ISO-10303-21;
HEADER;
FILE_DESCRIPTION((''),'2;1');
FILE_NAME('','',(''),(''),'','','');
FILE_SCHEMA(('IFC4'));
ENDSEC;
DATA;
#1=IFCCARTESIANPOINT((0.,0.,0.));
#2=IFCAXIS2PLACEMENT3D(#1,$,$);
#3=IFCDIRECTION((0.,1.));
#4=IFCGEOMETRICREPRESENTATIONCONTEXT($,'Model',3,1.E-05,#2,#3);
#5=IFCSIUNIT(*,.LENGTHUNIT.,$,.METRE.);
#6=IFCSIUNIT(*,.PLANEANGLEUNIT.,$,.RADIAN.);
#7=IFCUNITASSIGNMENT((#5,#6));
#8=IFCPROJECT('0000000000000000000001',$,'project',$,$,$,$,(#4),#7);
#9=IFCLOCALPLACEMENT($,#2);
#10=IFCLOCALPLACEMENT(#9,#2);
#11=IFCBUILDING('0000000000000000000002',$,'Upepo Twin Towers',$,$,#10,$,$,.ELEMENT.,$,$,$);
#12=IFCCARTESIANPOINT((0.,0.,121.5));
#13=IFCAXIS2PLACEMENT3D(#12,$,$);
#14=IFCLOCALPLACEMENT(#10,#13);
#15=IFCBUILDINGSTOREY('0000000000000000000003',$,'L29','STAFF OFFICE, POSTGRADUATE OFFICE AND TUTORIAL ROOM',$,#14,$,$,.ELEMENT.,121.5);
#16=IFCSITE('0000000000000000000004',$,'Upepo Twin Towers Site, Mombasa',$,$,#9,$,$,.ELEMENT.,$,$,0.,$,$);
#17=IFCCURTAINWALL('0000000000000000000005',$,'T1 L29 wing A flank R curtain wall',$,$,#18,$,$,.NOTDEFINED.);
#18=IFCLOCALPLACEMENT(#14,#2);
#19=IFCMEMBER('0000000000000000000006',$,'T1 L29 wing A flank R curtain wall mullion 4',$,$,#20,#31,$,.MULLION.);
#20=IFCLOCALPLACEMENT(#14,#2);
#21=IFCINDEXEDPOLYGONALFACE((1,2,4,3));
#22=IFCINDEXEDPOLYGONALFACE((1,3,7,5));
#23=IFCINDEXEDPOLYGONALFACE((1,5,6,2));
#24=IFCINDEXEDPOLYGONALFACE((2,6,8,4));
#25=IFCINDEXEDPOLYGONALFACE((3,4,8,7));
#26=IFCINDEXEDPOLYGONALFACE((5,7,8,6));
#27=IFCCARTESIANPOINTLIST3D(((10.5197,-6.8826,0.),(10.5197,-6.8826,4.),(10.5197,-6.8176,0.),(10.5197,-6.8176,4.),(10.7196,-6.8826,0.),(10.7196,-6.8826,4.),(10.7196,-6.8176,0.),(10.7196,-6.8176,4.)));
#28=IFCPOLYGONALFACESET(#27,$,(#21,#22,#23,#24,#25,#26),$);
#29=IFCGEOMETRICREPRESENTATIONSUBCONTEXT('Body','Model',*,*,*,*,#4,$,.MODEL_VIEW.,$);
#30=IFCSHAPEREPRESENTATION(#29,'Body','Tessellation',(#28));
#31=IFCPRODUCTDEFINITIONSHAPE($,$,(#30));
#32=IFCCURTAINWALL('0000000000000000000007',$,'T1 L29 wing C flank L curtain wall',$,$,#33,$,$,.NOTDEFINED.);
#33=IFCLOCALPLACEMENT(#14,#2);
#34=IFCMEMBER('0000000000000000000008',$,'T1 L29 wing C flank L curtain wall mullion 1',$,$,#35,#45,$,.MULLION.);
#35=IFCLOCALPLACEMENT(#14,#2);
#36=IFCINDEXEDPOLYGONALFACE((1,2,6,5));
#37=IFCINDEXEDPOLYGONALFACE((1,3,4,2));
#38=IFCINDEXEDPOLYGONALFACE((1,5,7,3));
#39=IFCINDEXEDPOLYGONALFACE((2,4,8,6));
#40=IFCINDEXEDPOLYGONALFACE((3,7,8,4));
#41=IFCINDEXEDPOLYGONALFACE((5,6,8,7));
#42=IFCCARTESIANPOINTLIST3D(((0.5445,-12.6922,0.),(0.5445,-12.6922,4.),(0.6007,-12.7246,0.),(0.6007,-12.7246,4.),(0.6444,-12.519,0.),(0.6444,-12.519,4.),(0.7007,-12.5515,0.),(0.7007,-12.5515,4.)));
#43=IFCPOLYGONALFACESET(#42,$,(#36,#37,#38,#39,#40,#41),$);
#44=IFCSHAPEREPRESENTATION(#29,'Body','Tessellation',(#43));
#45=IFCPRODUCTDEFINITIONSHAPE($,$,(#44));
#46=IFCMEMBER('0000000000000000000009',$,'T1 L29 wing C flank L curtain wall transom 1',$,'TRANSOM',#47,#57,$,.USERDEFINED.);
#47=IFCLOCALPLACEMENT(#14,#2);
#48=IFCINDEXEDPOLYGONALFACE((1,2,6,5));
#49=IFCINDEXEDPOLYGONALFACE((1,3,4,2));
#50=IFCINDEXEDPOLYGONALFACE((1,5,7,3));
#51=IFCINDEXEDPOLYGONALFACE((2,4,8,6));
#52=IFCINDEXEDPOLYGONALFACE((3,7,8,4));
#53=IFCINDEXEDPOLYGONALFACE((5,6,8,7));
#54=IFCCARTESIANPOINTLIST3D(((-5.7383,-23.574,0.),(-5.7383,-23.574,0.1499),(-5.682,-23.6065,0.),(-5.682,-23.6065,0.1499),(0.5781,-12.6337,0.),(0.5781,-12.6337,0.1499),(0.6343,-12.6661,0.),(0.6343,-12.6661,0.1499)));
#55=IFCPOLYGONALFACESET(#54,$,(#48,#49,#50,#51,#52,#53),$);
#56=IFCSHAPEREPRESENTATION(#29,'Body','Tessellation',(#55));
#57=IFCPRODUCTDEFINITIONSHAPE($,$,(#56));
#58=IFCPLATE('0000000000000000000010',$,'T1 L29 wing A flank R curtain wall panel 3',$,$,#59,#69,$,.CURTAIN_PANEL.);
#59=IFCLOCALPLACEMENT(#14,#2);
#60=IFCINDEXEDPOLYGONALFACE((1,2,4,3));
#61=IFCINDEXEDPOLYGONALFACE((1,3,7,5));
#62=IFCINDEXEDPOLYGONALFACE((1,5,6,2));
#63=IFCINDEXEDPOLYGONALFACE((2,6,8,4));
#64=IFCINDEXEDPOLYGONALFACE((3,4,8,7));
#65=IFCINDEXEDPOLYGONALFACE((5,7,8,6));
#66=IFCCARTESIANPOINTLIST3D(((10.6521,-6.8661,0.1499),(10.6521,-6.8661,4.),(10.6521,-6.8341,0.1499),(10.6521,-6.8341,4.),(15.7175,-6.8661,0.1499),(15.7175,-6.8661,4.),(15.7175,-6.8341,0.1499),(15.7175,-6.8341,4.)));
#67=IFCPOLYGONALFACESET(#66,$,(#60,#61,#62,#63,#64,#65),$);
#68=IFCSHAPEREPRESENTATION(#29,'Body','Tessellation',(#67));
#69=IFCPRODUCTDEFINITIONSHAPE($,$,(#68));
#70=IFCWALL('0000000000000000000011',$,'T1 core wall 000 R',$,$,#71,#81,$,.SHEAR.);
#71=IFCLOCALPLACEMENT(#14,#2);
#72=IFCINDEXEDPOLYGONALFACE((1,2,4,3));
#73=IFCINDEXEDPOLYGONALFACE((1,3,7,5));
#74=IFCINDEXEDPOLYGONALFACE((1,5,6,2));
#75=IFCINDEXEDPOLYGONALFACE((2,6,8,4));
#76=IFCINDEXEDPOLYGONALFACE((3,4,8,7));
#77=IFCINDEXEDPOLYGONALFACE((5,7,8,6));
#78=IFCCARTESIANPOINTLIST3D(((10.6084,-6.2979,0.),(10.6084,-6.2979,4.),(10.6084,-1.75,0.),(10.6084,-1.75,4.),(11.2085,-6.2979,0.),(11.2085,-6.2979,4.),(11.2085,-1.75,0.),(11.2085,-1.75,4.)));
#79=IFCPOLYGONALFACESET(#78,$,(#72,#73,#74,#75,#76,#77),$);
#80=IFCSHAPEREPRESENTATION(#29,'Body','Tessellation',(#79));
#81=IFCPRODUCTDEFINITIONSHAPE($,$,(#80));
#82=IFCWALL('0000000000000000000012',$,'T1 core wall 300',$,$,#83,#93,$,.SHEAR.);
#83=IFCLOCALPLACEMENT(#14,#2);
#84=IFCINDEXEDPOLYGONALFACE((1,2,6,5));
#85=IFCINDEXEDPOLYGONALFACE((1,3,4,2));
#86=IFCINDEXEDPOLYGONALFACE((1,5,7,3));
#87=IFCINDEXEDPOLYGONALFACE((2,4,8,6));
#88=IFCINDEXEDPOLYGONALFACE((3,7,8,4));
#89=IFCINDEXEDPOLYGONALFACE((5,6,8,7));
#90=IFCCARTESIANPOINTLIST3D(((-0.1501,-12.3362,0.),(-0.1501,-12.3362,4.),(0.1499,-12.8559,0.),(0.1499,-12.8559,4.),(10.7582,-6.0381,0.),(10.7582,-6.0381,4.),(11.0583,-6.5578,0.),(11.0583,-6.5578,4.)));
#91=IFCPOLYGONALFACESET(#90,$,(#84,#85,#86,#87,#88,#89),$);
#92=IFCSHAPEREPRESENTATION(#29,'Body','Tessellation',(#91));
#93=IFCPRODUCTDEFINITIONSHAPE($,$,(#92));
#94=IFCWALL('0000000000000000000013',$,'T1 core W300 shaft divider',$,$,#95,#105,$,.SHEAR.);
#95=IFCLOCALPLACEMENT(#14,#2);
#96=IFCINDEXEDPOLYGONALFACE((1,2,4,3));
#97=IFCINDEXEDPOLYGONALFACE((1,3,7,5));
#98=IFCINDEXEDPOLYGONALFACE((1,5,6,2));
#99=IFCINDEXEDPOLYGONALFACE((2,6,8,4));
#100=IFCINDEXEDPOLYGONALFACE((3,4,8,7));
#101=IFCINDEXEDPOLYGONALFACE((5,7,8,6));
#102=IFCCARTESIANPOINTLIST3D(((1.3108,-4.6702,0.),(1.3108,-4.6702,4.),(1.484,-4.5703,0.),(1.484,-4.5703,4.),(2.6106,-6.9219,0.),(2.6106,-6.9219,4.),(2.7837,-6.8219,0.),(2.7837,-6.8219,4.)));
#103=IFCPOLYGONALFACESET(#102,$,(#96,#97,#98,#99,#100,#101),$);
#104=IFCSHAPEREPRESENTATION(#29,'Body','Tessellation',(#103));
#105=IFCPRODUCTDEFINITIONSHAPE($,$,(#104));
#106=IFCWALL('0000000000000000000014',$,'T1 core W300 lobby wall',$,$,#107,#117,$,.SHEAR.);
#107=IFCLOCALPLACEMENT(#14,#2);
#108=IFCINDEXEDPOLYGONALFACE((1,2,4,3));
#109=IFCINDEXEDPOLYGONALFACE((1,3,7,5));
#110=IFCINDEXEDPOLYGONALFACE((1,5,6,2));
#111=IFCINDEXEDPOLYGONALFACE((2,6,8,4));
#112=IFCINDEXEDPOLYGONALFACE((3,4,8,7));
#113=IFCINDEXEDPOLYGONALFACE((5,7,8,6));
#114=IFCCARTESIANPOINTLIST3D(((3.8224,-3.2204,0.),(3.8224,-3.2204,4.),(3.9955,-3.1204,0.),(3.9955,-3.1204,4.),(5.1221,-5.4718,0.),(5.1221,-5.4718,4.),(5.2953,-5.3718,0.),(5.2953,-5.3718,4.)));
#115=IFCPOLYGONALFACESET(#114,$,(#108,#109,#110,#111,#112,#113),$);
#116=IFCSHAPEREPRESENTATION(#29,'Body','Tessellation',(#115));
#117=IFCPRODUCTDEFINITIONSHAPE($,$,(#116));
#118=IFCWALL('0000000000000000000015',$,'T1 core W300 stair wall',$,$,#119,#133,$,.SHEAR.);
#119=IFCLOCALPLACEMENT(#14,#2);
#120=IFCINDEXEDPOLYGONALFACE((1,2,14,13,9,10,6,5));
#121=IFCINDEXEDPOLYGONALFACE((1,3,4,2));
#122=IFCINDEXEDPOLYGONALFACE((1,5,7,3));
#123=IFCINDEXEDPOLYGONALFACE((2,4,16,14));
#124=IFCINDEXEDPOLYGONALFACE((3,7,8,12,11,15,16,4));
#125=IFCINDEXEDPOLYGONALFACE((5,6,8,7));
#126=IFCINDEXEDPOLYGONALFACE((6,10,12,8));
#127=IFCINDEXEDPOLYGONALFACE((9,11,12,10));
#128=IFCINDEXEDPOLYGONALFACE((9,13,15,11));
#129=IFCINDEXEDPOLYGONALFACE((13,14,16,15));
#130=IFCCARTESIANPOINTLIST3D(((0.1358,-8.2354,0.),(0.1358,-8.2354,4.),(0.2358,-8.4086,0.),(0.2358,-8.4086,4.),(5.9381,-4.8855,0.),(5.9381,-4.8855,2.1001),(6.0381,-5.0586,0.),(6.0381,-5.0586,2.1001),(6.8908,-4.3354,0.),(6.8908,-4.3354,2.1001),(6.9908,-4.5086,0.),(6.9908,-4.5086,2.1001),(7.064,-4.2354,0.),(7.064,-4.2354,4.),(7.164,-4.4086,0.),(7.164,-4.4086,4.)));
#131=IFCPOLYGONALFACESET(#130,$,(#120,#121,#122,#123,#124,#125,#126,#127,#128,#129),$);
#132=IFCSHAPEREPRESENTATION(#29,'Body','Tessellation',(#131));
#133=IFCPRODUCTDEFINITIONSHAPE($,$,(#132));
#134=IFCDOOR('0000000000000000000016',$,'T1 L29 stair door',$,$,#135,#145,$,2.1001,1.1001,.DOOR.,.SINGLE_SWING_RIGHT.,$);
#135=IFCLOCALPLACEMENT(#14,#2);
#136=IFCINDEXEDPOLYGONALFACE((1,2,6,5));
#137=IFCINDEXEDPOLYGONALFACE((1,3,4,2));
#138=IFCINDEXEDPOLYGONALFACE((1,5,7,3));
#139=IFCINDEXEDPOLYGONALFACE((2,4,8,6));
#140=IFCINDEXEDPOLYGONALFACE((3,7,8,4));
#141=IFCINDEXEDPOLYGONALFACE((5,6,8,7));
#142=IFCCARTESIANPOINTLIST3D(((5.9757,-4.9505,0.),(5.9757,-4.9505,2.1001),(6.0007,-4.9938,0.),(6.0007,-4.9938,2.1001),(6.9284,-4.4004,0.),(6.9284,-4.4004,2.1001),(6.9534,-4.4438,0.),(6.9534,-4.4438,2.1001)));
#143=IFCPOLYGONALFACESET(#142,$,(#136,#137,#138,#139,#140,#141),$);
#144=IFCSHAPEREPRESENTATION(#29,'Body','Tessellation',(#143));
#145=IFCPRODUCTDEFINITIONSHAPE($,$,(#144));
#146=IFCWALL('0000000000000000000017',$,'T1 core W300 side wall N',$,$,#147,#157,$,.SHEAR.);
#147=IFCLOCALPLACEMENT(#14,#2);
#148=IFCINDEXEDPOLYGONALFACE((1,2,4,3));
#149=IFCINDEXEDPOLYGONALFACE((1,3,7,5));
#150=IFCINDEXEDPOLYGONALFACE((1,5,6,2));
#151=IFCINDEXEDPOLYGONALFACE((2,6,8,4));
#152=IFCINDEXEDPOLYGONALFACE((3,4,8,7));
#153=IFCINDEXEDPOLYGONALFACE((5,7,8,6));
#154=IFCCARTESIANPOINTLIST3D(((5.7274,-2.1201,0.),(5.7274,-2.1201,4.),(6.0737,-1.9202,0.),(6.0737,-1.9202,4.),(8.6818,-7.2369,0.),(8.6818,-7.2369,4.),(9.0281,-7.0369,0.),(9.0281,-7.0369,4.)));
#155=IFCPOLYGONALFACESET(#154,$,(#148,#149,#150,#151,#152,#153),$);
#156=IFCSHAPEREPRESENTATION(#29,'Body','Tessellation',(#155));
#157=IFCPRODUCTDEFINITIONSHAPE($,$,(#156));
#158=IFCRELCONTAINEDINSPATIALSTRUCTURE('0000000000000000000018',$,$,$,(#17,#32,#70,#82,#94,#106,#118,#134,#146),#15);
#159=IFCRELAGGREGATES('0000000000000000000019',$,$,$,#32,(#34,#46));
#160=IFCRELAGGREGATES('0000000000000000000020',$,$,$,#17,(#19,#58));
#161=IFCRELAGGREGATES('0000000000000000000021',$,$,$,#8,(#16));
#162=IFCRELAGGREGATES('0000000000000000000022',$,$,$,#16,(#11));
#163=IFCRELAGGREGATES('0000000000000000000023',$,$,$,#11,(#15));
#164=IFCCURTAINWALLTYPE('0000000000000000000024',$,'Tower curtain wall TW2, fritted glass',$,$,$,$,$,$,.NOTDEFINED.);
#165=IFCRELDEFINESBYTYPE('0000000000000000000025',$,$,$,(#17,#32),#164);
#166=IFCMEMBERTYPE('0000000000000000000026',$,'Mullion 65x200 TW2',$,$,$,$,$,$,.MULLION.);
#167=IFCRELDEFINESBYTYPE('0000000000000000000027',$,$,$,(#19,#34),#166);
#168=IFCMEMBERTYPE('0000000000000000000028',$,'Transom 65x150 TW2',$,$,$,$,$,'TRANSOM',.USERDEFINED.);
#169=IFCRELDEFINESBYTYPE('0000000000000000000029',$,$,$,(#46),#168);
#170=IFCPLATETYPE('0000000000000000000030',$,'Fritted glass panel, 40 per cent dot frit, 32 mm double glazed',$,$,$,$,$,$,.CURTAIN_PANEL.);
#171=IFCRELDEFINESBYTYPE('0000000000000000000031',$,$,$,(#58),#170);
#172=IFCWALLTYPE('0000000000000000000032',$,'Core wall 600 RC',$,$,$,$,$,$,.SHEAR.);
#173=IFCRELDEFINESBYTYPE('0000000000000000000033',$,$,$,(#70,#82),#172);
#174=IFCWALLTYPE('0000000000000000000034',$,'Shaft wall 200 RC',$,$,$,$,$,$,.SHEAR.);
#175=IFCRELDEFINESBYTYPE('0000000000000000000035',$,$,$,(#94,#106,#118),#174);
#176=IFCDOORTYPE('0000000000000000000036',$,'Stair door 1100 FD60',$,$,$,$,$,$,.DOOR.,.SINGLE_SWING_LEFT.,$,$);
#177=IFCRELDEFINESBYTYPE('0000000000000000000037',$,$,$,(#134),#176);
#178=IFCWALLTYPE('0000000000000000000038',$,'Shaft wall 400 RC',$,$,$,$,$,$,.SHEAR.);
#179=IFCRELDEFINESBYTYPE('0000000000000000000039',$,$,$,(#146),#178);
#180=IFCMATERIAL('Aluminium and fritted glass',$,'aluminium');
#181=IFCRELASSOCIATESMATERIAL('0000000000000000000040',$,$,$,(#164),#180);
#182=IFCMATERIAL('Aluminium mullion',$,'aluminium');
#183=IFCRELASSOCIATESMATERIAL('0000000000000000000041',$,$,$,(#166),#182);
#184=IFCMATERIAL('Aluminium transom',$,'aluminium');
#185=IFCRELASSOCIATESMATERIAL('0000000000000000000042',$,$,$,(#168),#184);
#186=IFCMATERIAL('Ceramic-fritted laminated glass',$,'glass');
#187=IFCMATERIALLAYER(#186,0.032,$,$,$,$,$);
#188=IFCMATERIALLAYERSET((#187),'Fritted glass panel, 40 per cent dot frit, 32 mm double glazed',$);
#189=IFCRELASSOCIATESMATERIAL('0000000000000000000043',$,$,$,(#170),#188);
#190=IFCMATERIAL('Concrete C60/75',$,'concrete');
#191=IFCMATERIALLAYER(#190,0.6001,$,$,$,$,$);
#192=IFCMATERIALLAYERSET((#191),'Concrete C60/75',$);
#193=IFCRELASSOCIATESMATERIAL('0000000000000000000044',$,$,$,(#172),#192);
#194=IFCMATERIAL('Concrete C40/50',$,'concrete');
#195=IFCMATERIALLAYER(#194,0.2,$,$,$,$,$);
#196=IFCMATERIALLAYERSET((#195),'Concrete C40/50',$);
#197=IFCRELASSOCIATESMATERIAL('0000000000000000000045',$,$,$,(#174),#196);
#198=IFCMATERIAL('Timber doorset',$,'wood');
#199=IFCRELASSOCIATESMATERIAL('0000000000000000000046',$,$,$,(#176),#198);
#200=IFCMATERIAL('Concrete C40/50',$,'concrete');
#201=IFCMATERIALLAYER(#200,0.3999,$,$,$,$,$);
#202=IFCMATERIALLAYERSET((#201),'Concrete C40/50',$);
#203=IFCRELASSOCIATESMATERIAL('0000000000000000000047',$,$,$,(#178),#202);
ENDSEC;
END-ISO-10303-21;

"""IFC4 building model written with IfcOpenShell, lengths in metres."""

from ifc_helpers import new_model, si_unit, direction, frame, frame_2d, origin, origin_2d, place, context, subcontext, project, spatial, rectangle, extrude, material, layer, layer_set, material_profile, profile_set, type_object, element, fill, aggregate, save


model = new_model("IFC4")

# Units and contexts
model_context = context("Model", 3, precision=1e-05, world=origin(), true_north=direction((0.0, 1.0)))
body_context = subcontext(model_context, "Body", "Model", "MODEL_VIEW")
ifc_project = project(units=[si_unit("LENGTHUNIT", "METRE"), si_unit("PLANEANGLEUNIT", "RADIAN")], contexts=[model_context])

# Site, building, storey
site_placement = place(None, origin())
site = spatial("IfcSite", under=ifc_project, at=site_placement, Name="Upepo Twin Towers Site, Mombasa", CompositionType="ELEMENT", RefElevation=0.0)
building_placement = place(site_placement, origin())
building = spatial("IfcBuilding", under=site, at=building_placement, Name="Upepo Twin Towers", CompositionType="ELEMENT")
storey_placement = place(building_placement, frame((0.0, 0.0, 121.5)))
storey = spatial("IfcBuildingStorey", under=building, at=storey_placement, Name="L29", Description="STAFF OFFICE, POSTGRADUATE OFFICE AND TUTORIAL ROOM", CompositionType="ELEMENT", Elevation=121.5)

# Curtain wall, member
ifc_material_1 = material(Name="Aluminium and fritted glass", Category="aluminium")
curtain_wall_type = type_object("IfcCurtainWallType", Name="Tower curtain wall TW2, fritted glass", PredefinedType="NOTDEFINED", material=ifc_material_1)
curtain_wall_1_placement = place(storey_placement, origin())
curtain_wall_1 = element("IfcCurtainWall", 1, at=curtain_wall_1_placement, inside=storey, type_object=curtain_wall_type, Name="T1 L29 wing A flank R curtain wall", PredefinedType="NOTDEFINED")
ifc_material_2 = material(Name="Aluminium mullion", Category="aluminium")
ifc_material_profile_1 = material_profile(ifc_material_2, rectangle(XDim=0.0649, YDim=0.2, at=origin_2d()), Name="MULLION 65x200")
ifc_profile_set_1 = profile_set([ifc_material_profile_1], Name="Aluminium mullion")
member_type_1 = type_object("IfcMemberType", Name="Mullion 65x200 TW2", PredefinedType="MULLION", material=ifc_profile_set_1)
member_1_placement = place(storey_placement, frame((10.6196, -6.8501, 0.0), z_axis=(0.0, 0.0, 1.0), x_axis=(0.0, -1.0, 0.0)))
member_1 = element("IfcMember", 2, at=member_1_placement, type_object=member_type_1, Name="T1 L29 wing A flank R curtain wall mullion 4", PredefinedType="MULLION", context=body_context, shape_type="SweptSolid", body=[
    extrude(rectangle(XDim=0.0649, YDim=0.2, at=origin_2d()), origin(), (0.0, 0.0, 1.0), 4.0),
])

# Curtain wall, members
curtain_wall_2_placement = place(storey_placement, origin())
curtain_wall_2 = element("IfcCurtainWall", 3, at=curtain_wall_2_placement, inside=storey, type_object=curtain_wall_type, Name="T1 L29 wing C flank L curtain wall", PredefinedType="NOTDEFINED")
member_2_placement = place(storey_placement, frame((0.6226, -12.6218, 0.0), z_axis=(0.0, 0.0, 1.0), x_axis=(0.866025, -0.5, 0.0)))
member_2 = element("IfcMember", 4, at=member_2_placement, type_object=member_type_1, Name="T1 L29 wing C flank L curtain wall mullion 1", PredefinedType="MULLION", context=body_context, shape_type="SweptSolid", body=[
    extrude(rectangle(XDim=0.0649, YDim=0.2, at=origin_2d()), origin(), (0.0, 0.0, 1.0), 4.0),
])
ifc_material_3 = material(Name="Aluminium transom", Category="aluminium")
ifc_material_profile_2 = material_profile(ifc_material_3, rectangle(XDim=0.0649, YDim=0.1499, at=origin_2d()), Name="TRANSOM 65x150")
ifc_profile_set_2 = profile_set([ifc_material_profile_2], Name="Aluminium transom")
member_type_2 = type_object("IfcMemberType", Name="Transom 65x150 TW2", ElementType="TRANSOM", PredefinedType="USERDEFINED", material=ifc_profile_set_2)
member_3_placement = place(storey_placement, frame((0.6062, -12.6499, 0.075), z_axis=(-0.499997, -0.866027, 0.0), x_axis=(0.866027, -0.499997, 0.0)))
member_3 = element("IfcMember", 5, at=member_3_placement, type_object=member_type_2, Name="T1 L29 wing C flank L curtain wall transom 1", ObjectType="TRANSOM", PredefinedType="USERDEFINED", context=body_context, shape_type="SweptSolid", body=[
    extrude(rectangle(XDim=0.0649, YDim=0.1499, at=origin_2d()), origin(), (0.0, 0.0, 1.0), 12.6328),
])
aggregate(curtain_wall_2, [member_2, member_3])

# Plate
ifc_material_4 = material(Name="Ceramic-fritted laminated glass", Category="glass")
ifc_layer_1 = layer(ifc_material_4, 0.032)
ifc_layer_set_1 = layer_set([ifc_layer_1], Name="Fritted glass panel, 40 per cent dot frit, 32 mm double glazed")
plate_type = type_object("IfcPlateType", Name="Fritted glass panel, 40 per cent dot frit, 32 mm double glazed", PredefinedType="CURTAIN_PANEL", material=ifc_layer_set_1)
plate_placement = place(storey_placement, frame((13.1848, -6.8501, 0.1499), z_axis=(0.0, 0.0, 1.0), x_axis=(-1.0, 0.0, 0.0)))
plate = element("IfcPlate", 6, at=plate_placement, type_object=plate_type, Name="T1 L29 wing A flank R curtain wall panel 3", PredefinedType="CURTAIN_PANEL", context=body_context, shape_type="SweptSolid", body=[
    extrude(rectangle(XDim=5.0654, YDim=0.032, at=origin_2d()), origin(), (0.0, 0.0, 1.0), 3.8501),
])
aggregate(curtain_wall_1, [member_1, plate])

# Walls
ifc_material_5 = material(Name="Concrete C60/75", Category="concrete")
ifc_layer_2 = layer(ifc_material_5, 0.6001)
ifc_layer_set_2 = layer_set([ifc_layer_2], Name="Concrete C60/75")
wall_type_1 = type_object("IfcWallType", Name="Core wall 600 RC", PredefinedType="SHEAR", material=ifc_layer_set_2)
wall_1_placement = place(storey_placement, frame((10.9084, -6.2979, 0.0), z_axis=(0.0, 0.0, 1.0), x_axis=(0.0, 1.0, 0.0)))
element("IfcWall", 7, at=wall_1_placement, inside=storey, type_object=wall_type_1, Name="T1 core wall 000 R", PredefinedType="SHEAR", context=body_context, shape_type="SweptSolid", body=[
    extrude(rectangle(XDim=4.5479, YDim=0.6001, at=frame_2d((2.2739, 0.0))), origin(), (0.0, 0.0, 1.0), 4.0),
])
wall_2_placement = place(storey_placement, frame((0.0, -12.5959, 0.0), z_axis=(0.0, 0.0, 1.0), x_axis=(0.866022, 0.500006, 0.0)))
element("IfcWall", 8, at=wall_2_placement, inside=storey, type_object=wall_type_1, Name="T1 core wall 300", PredefinedType="SHEAR", context=body_context, shape_type="SweptSolid", body=[
    extrude(rectangle(XDim=12.5959, YDim=0.6001, at=frame_2d((6.2979, 0.0))), origin(), (0.0, 0.0, 1.0), 4.0),
])
ifc_material_6 = material(Name="Concrete C40/50", Category="concrete")
ifc_layer_3 = layer(ifc_material_6, 0.2)
ifc_layer_set_3 = layer_set([ifc_layer_3], Name="Concrete C40/50")
wall_type_2 = type_object("IfcWallType", Name="Shaft wall 200 RC", PredefinedType="SHEAR", material=ifc_layer_set_3)
wall_3_placement = place(storey_placement, frame((1.3975, -4.6204, 0.0), z_axis=(0.0, 0.0, 1.0), x_axis=(0.499937, -0.866062, 0.0)))
element("IfcWall", 9, at=wall_3_placement, inside=storey, type_object=wall_type_2, Name="T1 core W300 shaft divider", PredefinedType="SHEAR", context=body_context, shape_type="SweptSolid", body=[
    extrude(rectangle(XDim=2.5999, YDim=0.2, at=frame_2d((1.2998, 0.0))), origin(), (0.0, 0.0, 1.0), 4.0),
])
wall_4_placement = place(storey_placement, frame((3.9089, -3.1704, 0.0), z_axis=(0.0, 0.0, 1.0), x_axis=(0.499977, -0.866039, 0.0)))
element("IfcWall", 10, at=wall_4_placement, inside=storey, type_object=wall_type_2, Name="T1 core W300 lobby wall", PredefinedType="SHEAR", context=body_context, shape_type="SweptSolid", body=[
    extrude(rectangle(XDim=2.5996, YDim=0.2, at=frame_2d((1.2998, 0.0))), origin(), (0.0, 0.0, 1.0), 4.0),
])

# Wall, opening, door
wall_5_placement = place(storey_placement, frame((0.1858, -8.322, 0.0), z_axis=(0.0, 0.0, 1.0), x_axis=(0.866026, 0.499999, 0.0)))
wall_5 = element("IfcWall", 11, at=wall_5_placement, inside=storey, type_object=wall_type_2, Name="T1 core W300 stair wall", PredefinedType="SHEAR", context=body_context, shape_type="SweptSolid", body=[
    extrude(rectangle(XDim=8.0, YDim=0.2, at=frame_2d((4.0, 0.0))), origin(), (0.0, 0.0, 1.0), 4.0),
])
opening_1_placement = place(wall_5_placement, frame((6.7, 0.0, 0.0)))
opening_1 = element("IfcOpeningElement", 12, at=opening_1_placement, cuts=wall_5, PredefinedType="OPENING", context=body_context, shape_type="SweptSolid", body=[
    extrude(rectangle(XDim=1.1001, YDim=2.1001, at=frame_2d((0.55, 1.05))), frame((0.0, 0.1099, 0.0), z_axis=(0.0, -1.0, 0.0), x_axis=(1.0, 0.0, 0.0)), (0.0, 0.0, 1.0), 0.22),
])
ifc_material_7 = material(Name="Timber doorset", Category="wood")
door_type_1 = type_object("IfcDoorType", Name="Stair door 1100 FD60", OperationType="SINGLE_SWING_LEFT", PredefinedType="DOOR", material=ifc_material_7)
door_1_placement = place(opening_1_placement, origin())
door_1 = element("IfcDoor", 13, at=door_1_placement, inside=storey, type_object=door_type_1, Name="T1 L29 stair door", OperationType="SINGLE_SWING_RIGHT", OverallHeight=2.1001, OverallWidth=1.1001, PredefinedType="DOOR", context=body_context, shape_type="SweptSolid", body=[
    extrude(rectangle(XDim=1.1001, YDim=2.1001, at=frame_2d((0.55, 1.05))), frame((0.0, 0.0249, 0.0), z_axis=(0.0, -1.0, 0.0), x_axis=(1.0, 0.0, 0.0)), (0.0, 0.0, 1.0), 0.05),
])
fill(opening_1, door_1)

# Wall
ifc_material_8 = material(Name="Concrete C40/50", Category="concrete")
ifc_layer_4 = layer(ifc_material_8, 0.3999)
ifc_layer_set_4 = layer_set([ifc_layer_4], Name="Concrete C40/50")
wall_type_3 = type_object("IfcWallType", Name="Shaft wall 400 RC", PredefinedType="SHEAR", material=ifc_layer_set_4)
wall_6_placement = place(storey_placement, frame((5.9006, -2.0203, 0.0), z_axis=(0.0, 0.0, 1.0), x_axis=(0.500028, -0.866009, 0.0)))
element("IfcWall", 14, at=wall_6_placement, inside=storey, type_object=wall_type_3, Name="T1 core W300 side wall N", PredefinedType="SHEAR", context=body_context, shape_type="SweptSolid", body=[
    extrude(rectangle(XDim=5.9084, YDim=0.3999, at=frame_2d((2.9541, 0.0))), origin(), (0.0, 0.0, 1.0), 4.0),
])

save(model, "model.ifc")
